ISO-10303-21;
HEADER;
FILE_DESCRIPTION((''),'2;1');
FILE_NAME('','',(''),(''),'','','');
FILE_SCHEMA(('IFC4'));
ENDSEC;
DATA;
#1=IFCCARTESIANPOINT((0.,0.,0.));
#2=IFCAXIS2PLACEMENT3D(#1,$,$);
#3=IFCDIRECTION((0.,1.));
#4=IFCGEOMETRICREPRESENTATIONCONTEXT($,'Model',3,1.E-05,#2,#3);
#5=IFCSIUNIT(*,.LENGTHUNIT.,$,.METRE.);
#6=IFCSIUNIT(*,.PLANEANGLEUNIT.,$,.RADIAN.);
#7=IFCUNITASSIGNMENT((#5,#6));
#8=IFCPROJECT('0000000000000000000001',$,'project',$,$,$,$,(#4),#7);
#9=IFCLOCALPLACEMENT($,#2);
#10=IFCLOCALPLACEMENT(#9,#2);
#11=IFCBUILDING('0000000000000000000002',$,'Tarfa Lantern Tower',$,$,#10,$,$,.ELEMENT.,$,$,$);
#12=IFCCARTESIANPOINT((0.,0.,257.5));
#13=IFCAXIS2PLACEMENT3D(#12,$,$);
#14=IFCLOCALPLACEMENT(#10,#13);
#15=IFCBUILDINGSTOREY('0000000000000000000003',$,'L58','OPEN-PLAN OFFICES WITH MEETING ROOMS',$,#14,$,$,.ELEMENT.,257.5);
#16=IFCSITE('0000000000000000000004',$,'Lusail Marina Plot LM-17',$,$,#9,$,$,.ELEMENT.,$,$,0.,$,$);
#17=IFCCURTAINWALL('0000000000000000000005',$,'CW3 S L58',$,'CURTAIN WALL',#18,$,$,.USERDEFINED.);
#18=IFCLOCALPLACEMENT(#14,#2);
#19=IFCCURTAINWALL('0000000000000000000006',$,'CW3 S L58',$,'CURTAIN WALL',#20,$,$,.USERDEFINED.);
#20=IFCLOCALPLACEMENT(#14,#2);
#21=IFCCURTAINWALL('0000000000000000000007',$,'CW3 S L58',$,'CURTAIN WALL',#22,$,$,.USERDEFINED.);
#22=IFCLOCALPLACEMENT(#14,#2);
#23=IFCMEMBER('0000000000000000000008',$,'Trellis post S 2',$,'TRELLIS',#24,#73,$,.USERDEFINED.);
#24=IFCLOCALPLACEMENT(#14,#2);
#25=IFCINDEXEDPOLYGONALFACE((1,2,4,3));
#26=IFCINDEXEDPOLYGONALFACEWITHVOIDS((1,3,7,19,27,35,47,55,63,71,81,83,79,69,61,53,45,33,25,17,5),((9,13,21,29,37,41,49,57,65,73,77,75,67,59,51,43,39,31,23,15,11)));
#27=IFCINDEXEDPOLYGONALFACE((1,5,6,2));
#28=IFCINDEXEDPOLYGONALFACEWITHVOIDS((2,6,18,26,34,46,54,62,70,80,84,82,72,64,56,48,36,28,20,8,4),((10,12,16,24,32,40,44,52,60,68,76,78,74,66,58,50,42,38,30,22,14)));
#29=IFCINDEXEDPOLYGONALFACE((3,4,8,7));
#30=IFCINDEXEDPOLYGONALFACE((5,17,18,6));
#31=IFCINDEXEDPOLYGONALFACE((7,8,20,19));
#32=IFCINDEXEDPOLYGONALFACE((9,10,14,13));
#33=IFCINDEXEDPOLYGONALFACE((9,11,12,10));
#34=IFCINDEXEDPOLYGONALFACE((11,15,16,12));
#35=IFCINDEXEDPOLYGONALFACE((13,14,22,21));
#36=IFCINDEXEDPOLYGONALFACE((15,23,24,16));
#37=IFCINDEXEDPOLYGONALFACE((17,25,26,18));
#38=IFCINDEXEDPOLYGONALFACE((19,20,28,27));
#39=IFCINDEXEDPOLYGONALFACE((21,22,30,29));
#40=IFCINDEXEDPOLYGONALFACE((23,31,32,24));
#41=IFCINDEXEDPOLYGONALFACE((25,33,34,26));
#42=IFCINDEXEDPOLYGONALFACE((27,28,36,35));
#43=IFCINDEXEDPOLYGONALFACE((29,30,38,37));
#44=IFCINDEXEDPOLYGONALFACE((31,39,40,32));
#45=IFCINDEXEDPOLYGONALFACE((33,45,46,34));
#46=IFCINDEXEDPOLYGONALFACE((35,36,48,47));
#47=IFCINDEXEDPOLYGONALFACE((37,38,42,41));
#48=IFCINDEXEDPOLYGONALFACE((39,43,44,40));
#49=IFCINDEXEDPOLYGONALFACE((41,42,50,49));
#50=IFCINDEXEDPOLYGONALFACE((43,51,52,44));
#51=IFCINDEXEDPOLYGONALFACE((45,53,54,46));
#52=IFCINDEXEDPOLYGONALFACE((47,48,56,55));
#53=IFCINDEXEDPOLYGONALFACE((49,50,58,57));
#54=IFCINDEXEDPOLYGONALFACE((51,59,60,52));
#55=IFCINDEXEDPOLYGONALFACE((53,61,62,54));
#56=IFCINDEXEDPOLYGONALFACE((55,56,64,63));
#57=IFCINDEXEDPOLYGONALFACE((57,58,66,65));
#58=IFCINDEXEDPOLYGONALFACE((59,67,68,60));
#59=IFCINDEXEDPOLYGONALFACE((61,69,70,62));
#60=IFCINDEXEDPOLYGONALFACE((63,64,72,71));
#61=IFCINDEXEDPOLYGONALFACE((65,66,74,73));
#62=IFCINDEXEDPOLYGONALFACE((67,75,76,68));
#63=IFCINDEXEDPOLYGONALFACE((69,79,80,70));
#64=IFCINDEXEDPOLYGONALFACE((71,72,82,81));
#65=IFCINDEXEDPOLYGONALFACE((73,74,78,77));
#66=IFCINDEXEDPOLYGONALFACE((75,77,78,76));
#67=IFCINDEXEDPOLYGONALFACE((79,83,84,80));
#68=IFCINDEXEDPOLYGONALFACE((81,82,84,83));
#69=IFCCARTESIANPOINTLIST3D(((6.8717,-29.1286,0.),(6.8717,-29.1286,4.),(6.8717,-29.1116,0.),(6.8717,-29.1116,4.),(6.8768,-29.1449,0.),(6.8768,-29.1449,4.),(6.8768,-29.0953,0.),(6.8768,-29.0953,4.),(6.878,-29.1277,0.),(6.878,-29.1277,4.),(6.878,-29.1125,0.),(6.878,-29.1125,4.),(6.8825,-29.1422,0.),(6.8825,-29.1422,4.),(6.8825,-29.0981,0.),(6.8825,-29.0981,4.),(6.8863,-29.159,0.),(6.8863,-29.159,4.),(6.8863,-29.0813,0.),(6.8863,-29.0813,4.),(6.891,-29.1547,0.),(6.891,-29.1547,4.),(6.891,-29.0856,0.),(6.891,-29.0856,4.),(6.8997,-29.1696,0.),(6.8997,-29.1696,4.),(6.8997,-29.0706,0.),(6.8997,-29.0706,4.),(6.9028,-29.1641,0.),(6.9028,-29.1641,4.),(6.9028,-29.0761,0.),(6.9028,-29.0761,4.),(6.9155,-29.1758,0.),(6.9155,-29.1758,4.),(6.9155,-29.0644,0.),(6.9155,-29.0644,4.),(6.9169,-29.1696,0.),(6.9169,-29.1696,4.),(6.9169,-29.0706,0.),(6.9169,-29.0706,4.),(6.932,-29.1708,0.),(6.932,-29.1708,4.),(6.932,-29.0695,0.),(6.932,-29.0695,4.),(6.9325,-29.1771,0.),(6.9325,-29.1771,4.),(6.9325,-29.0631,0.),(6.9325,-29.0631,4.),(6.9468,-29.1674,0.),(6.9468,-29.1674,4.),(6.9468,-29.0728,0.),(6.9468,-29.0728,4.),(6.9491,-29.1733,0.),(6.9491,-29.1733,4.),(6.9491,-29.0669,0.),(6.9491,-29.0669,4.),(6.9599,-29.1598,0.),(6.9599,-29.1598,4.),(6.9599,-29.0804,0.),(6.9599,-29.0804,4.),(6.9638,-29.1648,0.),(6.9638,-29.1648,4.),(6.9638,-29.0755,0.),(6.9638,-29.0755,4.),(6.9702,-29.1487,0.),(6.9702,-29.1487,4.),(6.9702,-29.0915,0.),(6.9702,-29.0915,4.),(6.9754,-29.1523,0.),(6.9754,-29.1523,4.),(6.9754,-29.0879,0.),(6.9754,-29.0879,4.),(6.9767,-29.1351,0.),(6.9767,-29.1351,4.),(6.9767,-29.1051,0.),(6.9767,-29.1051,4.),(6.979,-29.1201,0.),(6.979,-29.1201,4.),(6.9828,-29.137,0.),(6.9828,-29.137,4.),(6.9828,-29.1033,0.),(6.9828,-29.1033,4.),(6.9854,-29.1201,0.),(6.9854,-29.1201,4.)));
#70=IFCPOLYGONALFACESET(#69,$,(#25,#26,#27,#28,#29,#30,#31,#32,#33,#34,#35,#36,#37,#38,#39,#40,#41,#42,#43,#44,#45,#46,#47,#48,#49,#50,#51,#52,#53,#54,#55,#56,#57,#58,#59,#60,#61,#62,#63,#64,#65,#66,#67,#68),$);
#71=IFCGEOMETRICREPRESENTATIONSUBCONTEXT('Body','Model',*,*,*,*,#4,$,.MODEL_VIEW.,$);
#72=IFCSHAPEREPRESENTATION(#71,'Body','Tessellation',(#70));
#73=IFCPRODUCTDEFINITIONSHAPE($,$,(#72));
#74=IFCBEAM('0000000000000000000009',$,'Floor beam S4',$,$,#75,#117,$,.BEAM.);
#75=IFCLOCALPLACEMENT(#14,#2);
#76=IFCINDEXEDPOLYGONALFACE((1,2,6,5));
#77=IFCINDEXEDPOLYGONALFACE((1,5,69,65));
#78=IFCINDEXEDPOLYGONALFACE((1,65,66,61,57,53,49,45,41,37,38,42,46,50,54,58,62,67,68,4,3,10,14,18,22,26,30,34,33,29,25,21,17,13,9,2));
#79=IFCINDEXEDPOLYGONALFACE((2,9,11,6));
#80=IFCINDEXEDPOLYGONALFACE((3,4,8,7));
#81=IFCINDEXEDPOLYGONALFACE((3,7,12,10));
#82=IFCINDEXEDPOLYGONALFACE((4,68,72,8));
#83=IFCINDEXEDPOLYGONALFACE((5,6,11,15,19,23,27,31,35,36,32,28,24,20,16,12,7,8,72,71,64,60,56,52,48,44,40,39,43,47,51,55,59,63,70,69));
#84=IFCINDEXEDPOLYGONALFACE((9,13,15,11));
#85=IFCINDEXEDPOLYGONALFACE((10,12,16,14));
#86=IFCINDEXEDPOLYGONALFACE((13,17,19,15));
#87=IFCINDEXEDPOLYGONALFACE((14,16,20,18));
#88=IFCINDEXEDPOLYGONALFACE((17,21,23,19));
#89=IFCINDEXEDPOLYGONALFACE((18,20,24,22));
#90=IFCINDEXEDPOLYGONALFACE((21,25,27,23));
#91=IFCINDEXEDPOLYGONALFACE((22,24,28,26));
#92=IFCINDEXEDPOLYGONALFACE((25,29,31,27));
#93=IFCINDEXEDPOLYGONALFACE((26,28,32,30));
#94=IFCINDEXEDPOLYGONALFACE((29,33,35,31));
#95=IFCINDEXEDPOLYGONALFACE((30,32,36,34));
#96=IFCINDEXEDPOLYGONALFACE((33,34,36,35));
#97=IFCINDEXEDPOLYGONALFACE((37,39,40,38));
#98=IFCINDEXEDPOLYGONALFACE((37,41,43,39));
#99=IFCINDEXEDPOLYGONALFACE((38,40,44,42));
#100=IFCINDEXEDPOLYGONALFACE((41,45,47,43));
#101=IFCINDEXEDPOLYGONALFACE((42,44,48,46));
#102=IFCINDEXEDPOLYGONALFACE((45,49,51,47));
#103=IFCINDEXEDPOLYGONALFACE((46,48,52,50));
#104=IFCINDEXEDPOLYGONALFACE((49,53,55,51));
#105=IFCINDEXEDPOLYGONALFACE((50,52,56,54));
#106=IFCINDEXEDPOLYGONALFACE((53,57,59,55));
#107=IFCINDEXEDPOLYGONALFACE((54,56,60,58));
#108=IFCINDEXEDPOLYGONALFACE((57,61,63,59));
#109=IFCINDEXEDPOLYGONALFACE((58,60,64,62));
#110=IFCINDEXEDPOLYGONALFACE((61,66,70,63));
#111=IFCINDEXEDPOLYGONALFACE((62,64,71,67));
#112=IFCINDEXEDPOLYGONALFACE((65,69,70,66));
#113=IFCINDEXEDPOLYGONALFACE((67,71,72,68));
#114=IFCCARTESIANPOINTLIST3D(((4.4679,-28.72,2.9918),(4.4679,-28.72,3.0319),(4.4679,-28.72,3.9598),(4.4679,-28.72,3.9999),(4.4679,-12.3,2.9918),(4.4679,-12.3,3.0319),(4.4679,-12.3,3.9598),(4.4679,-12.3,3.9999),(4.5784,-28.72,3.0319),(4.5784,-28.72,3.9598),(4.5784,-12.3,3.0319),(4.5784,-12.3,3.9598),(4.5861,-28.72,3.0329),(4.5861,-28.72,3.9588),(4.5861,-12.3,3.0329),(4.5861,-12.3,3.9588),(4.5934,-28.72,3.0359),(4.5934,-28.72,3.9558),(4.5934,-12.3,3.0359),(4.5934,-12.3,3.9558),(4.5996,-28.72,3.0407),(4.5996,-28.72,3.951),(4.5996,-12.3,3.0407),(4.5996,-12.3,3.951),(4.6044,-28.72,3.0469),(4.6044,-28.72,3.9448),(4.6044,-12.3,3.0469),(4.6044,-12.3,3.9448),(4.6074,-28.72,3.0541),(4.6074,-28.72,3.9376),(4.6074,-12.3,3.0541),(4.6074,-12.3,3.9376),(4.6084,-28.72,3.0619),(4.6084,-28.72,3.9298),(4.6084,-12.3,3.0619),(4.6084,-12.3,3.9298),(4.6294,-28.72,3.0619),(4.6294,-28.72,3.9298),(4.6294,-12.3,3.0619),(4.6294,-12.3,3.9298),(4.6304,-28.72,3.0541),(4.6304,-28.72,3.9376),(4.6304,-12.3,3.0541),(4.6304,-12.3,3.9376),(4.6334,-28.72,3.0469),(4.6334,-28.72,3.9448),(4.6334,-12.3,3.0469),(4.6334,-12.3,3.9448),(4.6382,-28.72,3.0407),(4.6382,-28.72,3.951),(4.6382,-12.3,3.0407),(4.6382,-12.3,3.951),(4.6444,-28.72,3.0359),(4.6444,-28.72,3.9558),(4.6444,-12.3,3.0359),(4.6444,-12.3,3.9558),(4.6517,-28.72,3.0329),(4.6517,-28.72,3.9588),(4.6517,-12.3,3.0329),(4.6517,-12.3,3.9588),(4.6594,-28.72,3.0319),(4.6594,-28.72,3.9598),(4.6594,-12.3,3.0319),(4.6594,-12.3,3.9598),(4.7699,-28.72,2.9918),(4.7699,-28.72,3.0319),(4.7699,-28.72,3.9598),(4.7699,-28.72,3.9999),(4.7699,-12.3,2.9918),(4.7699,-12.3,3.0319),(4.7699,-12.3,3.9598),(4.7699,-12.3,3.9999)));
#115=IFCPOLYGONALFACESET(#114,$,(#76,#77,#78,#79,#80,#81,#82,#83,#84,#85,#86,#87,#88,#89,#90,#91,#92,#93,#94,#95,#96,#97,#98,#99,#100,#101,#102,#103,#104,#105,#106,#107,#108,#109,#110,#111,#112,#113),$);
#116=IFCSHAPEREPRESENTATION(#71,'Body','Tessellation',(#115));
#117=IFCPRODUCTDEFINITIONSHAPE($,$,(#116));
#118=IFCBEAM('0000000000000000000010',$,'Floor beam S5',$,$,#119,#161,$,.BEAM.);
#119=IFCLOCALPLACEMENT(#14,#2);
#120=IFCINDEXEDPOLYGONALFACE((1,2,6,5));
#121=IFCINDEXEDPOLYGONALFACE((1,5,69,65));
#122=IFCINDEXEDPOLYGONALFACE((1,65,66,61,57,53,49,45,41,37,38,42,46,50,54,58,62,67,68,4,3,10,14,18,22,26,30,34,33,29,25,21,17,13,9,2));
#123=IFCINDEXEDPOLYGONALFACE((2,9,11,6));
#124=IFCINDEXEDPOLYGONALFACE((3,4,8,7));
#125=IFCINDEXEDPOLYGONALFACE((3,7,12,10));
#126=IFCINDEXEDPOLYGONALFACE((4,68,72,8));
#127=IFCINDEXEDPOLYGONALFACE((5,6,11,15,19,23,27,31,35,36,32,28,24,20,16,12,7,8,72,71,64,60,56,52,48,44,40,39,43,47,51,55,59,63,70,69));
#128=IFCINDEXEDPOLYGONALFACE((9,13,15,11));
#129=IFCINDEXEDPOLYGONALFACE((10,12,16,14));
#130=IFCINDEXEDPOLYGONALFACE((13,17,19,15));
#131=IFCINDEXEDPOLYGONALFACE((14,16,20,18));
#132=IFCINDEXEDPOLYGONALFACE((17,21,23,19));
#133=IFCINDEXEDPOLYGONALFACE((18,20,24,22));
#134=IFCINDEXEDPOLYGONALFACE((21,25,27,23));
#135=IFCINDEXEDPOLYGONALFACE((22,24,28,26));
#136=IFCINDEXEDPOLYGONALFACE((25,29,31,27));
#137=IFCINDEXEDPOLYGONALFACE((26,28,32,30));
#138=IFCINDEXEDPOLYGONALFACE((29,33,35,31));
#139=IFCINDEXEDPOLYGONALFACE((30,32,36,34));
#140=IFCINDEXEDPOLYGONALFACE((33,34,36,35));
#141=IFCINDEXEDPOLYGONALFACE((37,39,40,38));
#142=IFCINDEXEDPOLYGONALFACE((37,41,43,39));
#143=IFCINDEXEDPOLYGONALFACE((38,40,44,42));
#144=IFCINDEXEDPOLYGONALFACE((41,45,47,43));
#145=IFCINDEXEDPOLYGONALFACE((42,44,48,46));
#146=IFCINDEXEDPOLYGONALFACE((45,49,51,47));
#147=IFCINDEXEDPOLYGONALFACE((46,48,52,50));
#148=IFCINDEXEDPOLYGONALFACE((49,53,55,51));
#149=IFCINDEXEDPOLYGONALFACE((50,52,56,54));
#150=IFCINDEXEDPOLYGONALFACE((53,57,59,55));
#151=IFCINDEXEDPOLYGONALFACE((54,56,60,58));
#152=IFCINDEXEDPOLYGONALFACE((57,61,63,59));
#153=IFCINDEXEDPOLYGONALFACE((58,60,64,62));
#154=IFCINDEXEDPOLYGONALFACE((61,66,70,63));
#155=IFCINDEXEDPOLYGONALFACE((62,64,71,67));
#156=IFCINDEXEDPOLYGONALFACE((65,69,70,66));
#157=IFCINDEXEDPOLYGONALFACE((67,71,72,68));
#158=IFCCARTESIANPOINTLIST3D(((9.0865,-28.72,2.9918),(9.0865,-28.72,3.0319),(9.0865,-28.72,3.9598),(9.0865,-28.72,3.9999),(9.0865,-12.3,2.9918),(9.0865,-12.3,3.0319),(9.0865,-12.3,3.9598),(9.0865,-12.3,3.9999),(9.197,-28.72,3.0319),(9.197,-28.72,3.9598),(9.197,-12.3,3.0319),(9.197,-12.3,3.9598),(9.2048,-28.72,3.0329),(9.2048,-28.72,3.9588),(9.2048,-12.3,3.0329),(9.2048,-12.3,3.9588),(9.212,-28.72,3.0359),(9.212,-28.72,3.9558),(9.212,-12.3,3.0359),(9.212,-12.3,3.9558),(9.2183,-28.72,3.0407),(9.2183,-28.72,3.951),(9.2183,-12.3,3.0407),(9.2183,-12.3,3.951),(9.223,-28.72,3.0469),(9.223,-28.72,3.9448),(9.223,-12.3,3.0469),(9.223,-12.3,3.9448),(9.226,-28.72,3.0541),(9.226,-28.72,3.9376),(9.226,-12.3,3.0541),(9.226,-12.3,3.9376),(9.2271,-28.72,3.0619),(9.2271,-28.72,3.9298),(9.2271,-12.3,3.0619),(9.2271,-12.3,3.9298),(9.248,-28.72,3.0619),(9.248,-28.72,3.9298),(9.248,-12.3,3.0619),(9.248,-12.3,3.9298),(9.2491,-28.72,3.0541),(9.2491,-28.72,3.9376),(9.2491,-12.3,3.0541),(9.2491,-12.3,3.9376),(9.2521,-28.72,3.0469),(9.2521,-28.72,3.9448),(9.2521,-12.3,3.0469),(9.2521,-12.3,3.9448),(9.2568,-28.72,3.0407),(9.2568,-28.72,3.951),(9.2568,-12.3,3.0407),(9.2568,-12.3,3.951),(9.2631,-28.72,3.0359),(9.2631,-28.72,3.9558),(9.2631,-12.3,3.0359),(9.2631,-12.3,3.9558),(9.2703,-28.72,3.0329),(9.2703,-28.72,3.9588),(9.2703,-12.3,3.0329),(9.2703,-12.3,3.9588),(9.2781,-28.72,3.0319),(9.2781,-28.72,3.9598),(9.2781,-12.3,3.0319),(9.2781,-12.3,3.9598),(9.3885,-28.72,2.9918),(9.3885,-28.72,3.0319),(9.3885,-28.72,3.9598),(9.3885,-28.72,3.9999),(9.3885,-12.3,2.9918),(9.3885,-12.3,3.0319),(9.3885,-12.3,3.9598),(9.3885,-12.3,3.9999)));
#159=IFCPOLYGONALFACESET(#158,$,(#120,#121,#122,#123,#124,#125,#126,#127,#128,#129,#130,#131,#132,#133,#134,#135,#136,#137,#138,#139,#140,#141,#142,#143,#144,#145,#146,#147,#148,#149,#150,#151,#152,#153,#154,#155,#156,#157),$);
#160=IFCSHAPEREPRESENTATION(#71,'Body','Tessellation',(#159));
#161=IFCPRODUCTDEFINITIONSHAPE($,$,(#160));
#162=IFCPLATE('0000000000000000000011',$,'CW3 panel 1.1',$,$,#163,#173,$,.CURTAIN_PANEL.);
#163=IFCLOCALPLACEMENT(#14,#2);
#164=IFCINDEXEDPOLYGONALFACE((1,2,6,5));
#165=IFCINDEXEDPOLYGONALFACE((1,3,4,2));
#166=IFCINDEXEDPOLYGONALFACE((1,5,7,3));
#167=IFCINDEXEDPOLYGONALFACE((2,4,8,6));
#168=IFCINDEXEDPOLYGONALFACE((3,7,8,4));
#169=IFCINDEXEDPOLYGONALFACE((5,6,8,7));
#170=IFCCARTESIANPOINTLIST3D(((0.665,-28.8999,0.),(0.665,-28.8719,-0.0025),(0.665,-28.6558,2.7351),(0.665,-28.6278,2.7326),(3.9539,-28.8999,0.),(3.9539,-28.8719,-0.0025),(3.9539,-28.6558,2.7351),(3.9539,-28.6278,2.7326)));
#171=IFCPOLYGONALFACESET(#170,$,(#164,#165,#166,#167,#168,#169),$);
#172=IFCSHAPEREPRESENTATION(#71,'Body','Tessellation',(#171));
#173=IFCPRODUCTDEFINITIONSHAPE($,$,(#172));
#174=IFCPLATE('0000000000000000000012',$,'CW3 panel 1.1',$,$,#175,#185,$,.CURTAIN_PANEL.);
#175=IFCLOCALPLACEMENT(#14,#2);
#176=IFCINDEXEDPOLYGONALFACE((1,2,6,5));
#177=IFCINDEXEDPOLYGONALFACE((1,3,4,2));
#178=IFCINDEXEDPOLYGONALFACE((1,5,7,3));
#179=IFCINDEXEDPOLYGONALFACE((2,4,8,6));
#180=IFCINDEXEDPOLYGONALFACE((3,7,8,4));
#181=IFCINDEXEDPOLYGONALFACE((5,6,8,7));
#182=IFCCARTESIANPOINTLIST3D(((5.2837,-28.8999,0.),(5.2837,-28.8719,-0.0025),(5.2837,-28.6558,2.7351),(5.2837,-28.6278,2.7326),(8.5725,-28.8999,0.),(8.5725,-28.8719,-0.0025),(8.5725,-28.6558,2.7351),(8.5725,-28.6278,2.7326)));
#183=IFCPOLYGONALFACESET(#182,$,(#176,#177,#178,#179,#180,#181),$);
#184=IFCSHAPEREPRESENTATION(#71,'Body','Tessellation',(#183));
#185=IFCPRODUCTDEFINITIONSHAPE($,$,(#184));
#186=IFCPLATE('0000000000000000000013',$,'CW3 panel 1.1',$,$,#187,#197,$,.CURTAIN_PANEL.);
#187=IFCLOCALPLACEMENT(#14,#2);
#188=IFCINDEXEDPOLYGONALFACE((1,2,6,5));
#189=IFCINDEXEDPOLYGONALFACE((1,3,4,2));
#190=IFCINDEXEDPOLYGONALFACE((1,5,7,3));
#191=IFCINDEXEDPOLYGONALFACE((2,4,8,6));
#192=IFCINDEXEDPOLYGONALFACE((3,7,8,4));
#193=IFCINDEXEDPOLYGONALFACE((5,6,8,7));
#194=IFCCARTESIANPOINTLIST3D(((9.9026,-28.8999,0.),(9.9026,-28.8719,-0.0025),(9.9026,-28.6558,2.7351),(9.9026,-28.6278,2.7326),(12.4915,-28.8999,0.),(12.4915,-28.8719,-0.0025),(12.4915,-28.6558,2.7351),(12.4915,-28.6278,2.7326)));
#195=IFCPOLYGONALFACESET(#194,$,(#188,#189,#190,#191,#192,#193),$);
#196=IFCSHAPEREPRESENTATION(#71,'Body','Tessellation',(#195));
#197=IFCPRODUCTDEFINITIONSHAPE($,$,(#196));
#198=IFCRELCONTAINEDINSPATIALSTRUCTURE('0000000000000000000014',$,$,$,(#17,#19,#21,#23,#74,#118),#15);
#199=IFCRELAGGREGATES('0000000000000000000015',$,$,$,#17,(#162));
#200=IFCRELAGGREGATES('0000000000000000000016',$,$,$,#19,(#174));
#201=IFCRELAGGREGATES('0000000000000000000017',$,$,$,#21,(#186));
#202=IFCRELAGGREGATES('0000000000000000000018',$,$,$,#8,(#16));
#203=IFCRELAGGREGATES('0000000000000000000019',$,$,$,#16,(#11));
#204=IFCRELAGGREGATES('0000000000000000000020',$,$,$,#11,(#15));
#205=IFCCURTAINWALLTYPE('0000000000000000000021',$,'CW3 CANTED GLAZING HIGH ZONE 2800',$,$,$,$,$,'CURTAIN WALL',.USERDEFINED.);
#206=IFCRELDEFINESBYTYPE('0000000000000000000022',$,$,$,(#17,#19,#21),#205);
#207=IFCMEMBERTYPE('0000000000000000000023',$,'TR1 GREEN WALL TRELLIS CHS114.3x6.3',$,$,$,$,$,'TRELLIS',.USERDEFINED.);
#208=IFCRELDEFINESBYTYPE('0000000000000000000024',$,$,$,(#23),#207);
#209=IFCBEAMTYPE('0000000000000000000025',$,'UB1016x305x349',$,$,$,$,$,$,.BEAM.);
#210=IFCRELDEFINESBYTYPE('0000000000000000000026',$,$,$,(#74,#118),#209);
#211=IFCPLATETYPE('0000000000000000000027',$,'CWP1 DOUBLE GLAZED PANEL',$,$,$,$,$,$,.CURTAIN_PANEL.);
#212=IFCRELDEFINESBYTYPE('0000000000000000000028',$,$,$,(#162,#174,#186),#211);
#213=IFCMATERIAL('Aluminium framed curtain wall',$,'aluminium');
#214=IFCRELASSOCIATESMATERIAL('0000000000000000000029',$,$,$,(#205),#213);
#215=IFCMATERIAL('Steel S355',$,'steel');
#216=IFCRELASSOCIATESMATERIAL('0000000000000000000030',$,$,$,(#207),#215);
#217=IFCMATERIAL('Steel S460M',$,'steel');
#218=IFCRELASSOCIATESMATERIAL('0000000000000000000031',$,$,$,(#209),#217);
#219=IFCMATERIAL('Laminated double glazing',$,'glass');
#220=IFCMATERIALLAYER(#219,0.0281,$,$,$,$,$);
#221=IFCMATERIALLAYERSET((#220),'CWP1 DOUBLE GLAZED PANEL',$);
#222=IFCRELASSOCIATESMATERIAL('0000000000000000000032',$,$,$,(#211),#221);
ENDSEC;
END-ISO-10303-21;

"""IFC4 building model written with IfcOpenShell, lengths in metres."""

from ifc_helpers import new_model, si_unit, direction, frame, origin, origin_2d, place, context, subcontext, project, spatial, polyline, hollow_circle, i_section, outline, extrude, material, layer, layer_set, material_profile, profile_set, type_object, element, aggregate, save


model = new_model("IFC4")

# Units and contexts
model_context = context("Model", 3, precision=1e-05, world=origin(), true_north=direction((0.0, 1.0)))
body_context = subcontext(model_context, "Body", "Model", "MODEL_VIEW")
ifc_project = project(units=[si_unit("LENGTHUNIT", "METRE"), si_unit("PLANEANGLEUNIT", "RADIAN")], contexts=[model_context])

# Site, building, storey
site_placement = place(None, origin())
site = spatial("IfcSite", under=ifc_project, at=site_placement, Name="Lusail Marina Plot LM-17", CompositionType="ELEMENT", RefElevation=0.0)
building_placement = place(site_placement, origin())
building = spatial("IfcBuilding", under=site, at=building_placement, Name="Tarfa Lantern Tower", CompositionType="ELEMENT")
storey_placement = place(building_placement, frame((0.0, 0.0, 257.5)))
storey = spatial("IfcBuildingStorey", under=building, at=storey_placement, Name="L58", Description="OPEN-PLAN OFFICES WITH MEETING ROOMS", CompositionType="ELEMENT", Elevation=257.5)

# Curtain walls
ifc_material_1 = material(Name="Aluminium framed curtain wall", Category="aluminium")
curtain_wall_type = type_object("IfcCurtainWallType", Name="CW3 CANTED GLAZING HIGH ZONE 2800", ElementType="CURTAIN WALL", PredefinedType="USERDEFINED", material=ifc_material_1)
curtain_wall_1_placement = place(storey_placement, origin())
curtain_wall_1 = element("IfcCurtainWall", 1, at=curtain_wall_1_placement, inside=storey, type_object=curtain_wall_type, Name="CW3 S L58", ObjectType="CURTAIN WALL", PredefinedType="USERDEFINED")
curtain_wall_2_placement = place(storey_placement, origin())
curtain_wall_2 = element("IfcCurtainWall", 2, at=curtain_wall_2_placement, inside=storey, type_object=curtain_wall_type, Name="CW3 S L58", ObjectType="CURTAIN WALL", PredefinedType="USERDEFINED")
curtain_wall_3_placement = place(storey_placement, origin())
curtain_wall_3 = element("IfcCurtainWall", 3, at=curtain_wall_3_placement, inside=storey, type_object=curtain_wall_type, Name="CW3 S L58", ObjectType="CURTAIN WALL", PredefinedType="USERDEFINED")

# Member
ifc_material_2 = material(Name="Steel S355", Category="steel")
ifc_material_profile_1 = material_profile(ifc_material_2, hollow_circle(Radius=0.0571, WallThickness=0.0063, at=origin_2d()), Name="CHS114.3x6.3")
ifc_profile_set_1 = profile_set([ifc_material_profile_1], Name="Steel S355")
member_type_1 = type_object("IfcMemberType", Name="TR1 GREEN WALL TRELLIS CHS114.3x6.3", ElementType="TRELLIS", PredefinedType="USERDEFINED", material=ifc_profile_set_1)
member_1_placement = place(storey_placement, frame((6.9282, -29.1201, 0.0), z_axis=(0.0, 0.0, 1.0), x_axis=(1.0, 0.0, 0.0)))
element("IfcMember", 4, at=member_1_placement, inside=storey, type_object=member_type_1, Name="Trellis post S 2", ObjectType="TRELLIS", PredefinedType="USERDEFINED", context=body_context, shape_type="SweptSolid", body=[
    extrude(hollow_circle(Radius=0.0571, WallThickness=0.0063, at=origin_2d()), origin(), (0.0, 0.0, 1.0), 4.0),
])

# Beams
ifc_material_3 = material(Name="Steel S460M", Category="steel")
ifc_material_profile_2 = material_profile(ifc_material_3, i_section(OverallWidth=0.302, OverallDepth=1.0081, WebThickness=0.021, FlangeThickness=0.04, FilletRadius=0.03, at=origin_2d()), Name="UB1016x305x349")
ifc_profile_set_2 = profile_set([ifc_material_profile_2], Name="Steel S460M")
beam_type_1 = type_object("IfcBeamType", Name="UB1016x305x349", PredefinedType="BEAM", material=ifc_profile_set_2)
for number, where, z_axis, x_axis, name in (
    (5, (4.6189, -28.72, 3.4958), (0.0, 1.0, 0.0), (-1.0, 0.0, 0.0), "Floor beam S4"),
    (6, (9.2375, -28.72, 3.4958), (0.0, 1.0, 0.0), (-1.0, 0.0, 0.0), "Floor beam S5"),
):
    element("IfcBeam", number, at=place(storey_placement, frame(where, z_axis=z_axis, x_axis=x_axis)), inside=storey, type_object=beam_type_1, Name=name, PredefinedType="BEAM", context=body_context, shape_type="SweptSolid", body=[
        extrude(i_section(OverallWidth=0.302, OverallDepth=1.0081, WebThickness=0.021, FlangeThickness=0.04, FilletRadius=0.03, at=origin_2d()), origin(), (0.0, 0.0, 1.0), 16.4199),
    ])

# Plates
ifc_material_4 = material(Name="Laminated double glazing", Category="glass")
ifc_layer_1 = layer(ifc_material_4, 0.0281)
ifc_layer_set_1 = layer_set([ifc_layer_1], Name="CWP1 DOUBLE GLAZED PANEL")
plate_type = type_object("IfcPlateType", Name="CWP1 DOUBLE GLAZED PANEL", PredefinedType="CURTAIN_PANEL", material=ifc_layer_set_1)
plate_1_placement = place(storey_placement, frame((0.665, -28.8999, 0.0), z_axis=(0.0, -0.99604, 0.088908), x_axis=(1.0, 0.0, 0.0)))
plate_1 = element("IfcPlate", 7, at=plate_1_placement, type_object=plate_type, Name="CW3 panel 1.1", PredefinedType="CURTAIN_PANEL", context=body_context, shape_type="SweptSolid", body=[
    extrude(outline(polyline([(0.0, 0.0), (3.2888, 0.0), (3.2888, 2.746), (0.0, 2.746), (0.0, 0.0)])), origin(), (0.0, 0.0, -1.0), 0.0281),
])
aggregate(curtain_wall_1, [plate_1])
plate_2_placement = place(storey_placement, frame((5.2837, -28.8999, 0.0), z_axis=(0.0, -0.99604, 0.088908), x_axis=(1.0, 0.0, 0.0)))
plate_2 = element("IfcPlate", 8, at=plate_2_placement, type_object=plate_type, Name="CW3 panel 1.1", PredefinedType="CURTAIN_PANEL", context=body_context, shape_type="SweptSolid", body=[
    extrude(outline(polyline([(0.0, 0.0), (3.2888, 0.0), (3.2888, 2.746), (0.0, 2.746), (0.0, 0.0)])), origin(), (0.0, 0.0, -1.0), 0.0281),
])
aggregate(curtain_wall_2, [plate_2])
plate_3_placement = place(storey_placement, frame((9.9026, -28.8999, 0.0), z_axis=(0.0, -0.99604, 0.088908), x_axis=(1.0, 0.0, 0.0)))
plate_3 = element("IfcPlate", 9, at=plate_3_placement, type_object=plate_type, Name="CW3 panel 1.1", PredefinedType="CURTAIN_PANEL", context=body_context, shape_type="SweptSolid", body=[
    extrude(outline(polyline([(0.0, 0.0), (2.5889, 0.0), (2.5889, 2.746), (0.0, 2.746), (0.0, 0.0)])), origin(), (0.0, 0.0, -1.0), 0.0281),
])
aggregate(curtain_wall_3, [plate_3])

save(model, "model.ifc")
